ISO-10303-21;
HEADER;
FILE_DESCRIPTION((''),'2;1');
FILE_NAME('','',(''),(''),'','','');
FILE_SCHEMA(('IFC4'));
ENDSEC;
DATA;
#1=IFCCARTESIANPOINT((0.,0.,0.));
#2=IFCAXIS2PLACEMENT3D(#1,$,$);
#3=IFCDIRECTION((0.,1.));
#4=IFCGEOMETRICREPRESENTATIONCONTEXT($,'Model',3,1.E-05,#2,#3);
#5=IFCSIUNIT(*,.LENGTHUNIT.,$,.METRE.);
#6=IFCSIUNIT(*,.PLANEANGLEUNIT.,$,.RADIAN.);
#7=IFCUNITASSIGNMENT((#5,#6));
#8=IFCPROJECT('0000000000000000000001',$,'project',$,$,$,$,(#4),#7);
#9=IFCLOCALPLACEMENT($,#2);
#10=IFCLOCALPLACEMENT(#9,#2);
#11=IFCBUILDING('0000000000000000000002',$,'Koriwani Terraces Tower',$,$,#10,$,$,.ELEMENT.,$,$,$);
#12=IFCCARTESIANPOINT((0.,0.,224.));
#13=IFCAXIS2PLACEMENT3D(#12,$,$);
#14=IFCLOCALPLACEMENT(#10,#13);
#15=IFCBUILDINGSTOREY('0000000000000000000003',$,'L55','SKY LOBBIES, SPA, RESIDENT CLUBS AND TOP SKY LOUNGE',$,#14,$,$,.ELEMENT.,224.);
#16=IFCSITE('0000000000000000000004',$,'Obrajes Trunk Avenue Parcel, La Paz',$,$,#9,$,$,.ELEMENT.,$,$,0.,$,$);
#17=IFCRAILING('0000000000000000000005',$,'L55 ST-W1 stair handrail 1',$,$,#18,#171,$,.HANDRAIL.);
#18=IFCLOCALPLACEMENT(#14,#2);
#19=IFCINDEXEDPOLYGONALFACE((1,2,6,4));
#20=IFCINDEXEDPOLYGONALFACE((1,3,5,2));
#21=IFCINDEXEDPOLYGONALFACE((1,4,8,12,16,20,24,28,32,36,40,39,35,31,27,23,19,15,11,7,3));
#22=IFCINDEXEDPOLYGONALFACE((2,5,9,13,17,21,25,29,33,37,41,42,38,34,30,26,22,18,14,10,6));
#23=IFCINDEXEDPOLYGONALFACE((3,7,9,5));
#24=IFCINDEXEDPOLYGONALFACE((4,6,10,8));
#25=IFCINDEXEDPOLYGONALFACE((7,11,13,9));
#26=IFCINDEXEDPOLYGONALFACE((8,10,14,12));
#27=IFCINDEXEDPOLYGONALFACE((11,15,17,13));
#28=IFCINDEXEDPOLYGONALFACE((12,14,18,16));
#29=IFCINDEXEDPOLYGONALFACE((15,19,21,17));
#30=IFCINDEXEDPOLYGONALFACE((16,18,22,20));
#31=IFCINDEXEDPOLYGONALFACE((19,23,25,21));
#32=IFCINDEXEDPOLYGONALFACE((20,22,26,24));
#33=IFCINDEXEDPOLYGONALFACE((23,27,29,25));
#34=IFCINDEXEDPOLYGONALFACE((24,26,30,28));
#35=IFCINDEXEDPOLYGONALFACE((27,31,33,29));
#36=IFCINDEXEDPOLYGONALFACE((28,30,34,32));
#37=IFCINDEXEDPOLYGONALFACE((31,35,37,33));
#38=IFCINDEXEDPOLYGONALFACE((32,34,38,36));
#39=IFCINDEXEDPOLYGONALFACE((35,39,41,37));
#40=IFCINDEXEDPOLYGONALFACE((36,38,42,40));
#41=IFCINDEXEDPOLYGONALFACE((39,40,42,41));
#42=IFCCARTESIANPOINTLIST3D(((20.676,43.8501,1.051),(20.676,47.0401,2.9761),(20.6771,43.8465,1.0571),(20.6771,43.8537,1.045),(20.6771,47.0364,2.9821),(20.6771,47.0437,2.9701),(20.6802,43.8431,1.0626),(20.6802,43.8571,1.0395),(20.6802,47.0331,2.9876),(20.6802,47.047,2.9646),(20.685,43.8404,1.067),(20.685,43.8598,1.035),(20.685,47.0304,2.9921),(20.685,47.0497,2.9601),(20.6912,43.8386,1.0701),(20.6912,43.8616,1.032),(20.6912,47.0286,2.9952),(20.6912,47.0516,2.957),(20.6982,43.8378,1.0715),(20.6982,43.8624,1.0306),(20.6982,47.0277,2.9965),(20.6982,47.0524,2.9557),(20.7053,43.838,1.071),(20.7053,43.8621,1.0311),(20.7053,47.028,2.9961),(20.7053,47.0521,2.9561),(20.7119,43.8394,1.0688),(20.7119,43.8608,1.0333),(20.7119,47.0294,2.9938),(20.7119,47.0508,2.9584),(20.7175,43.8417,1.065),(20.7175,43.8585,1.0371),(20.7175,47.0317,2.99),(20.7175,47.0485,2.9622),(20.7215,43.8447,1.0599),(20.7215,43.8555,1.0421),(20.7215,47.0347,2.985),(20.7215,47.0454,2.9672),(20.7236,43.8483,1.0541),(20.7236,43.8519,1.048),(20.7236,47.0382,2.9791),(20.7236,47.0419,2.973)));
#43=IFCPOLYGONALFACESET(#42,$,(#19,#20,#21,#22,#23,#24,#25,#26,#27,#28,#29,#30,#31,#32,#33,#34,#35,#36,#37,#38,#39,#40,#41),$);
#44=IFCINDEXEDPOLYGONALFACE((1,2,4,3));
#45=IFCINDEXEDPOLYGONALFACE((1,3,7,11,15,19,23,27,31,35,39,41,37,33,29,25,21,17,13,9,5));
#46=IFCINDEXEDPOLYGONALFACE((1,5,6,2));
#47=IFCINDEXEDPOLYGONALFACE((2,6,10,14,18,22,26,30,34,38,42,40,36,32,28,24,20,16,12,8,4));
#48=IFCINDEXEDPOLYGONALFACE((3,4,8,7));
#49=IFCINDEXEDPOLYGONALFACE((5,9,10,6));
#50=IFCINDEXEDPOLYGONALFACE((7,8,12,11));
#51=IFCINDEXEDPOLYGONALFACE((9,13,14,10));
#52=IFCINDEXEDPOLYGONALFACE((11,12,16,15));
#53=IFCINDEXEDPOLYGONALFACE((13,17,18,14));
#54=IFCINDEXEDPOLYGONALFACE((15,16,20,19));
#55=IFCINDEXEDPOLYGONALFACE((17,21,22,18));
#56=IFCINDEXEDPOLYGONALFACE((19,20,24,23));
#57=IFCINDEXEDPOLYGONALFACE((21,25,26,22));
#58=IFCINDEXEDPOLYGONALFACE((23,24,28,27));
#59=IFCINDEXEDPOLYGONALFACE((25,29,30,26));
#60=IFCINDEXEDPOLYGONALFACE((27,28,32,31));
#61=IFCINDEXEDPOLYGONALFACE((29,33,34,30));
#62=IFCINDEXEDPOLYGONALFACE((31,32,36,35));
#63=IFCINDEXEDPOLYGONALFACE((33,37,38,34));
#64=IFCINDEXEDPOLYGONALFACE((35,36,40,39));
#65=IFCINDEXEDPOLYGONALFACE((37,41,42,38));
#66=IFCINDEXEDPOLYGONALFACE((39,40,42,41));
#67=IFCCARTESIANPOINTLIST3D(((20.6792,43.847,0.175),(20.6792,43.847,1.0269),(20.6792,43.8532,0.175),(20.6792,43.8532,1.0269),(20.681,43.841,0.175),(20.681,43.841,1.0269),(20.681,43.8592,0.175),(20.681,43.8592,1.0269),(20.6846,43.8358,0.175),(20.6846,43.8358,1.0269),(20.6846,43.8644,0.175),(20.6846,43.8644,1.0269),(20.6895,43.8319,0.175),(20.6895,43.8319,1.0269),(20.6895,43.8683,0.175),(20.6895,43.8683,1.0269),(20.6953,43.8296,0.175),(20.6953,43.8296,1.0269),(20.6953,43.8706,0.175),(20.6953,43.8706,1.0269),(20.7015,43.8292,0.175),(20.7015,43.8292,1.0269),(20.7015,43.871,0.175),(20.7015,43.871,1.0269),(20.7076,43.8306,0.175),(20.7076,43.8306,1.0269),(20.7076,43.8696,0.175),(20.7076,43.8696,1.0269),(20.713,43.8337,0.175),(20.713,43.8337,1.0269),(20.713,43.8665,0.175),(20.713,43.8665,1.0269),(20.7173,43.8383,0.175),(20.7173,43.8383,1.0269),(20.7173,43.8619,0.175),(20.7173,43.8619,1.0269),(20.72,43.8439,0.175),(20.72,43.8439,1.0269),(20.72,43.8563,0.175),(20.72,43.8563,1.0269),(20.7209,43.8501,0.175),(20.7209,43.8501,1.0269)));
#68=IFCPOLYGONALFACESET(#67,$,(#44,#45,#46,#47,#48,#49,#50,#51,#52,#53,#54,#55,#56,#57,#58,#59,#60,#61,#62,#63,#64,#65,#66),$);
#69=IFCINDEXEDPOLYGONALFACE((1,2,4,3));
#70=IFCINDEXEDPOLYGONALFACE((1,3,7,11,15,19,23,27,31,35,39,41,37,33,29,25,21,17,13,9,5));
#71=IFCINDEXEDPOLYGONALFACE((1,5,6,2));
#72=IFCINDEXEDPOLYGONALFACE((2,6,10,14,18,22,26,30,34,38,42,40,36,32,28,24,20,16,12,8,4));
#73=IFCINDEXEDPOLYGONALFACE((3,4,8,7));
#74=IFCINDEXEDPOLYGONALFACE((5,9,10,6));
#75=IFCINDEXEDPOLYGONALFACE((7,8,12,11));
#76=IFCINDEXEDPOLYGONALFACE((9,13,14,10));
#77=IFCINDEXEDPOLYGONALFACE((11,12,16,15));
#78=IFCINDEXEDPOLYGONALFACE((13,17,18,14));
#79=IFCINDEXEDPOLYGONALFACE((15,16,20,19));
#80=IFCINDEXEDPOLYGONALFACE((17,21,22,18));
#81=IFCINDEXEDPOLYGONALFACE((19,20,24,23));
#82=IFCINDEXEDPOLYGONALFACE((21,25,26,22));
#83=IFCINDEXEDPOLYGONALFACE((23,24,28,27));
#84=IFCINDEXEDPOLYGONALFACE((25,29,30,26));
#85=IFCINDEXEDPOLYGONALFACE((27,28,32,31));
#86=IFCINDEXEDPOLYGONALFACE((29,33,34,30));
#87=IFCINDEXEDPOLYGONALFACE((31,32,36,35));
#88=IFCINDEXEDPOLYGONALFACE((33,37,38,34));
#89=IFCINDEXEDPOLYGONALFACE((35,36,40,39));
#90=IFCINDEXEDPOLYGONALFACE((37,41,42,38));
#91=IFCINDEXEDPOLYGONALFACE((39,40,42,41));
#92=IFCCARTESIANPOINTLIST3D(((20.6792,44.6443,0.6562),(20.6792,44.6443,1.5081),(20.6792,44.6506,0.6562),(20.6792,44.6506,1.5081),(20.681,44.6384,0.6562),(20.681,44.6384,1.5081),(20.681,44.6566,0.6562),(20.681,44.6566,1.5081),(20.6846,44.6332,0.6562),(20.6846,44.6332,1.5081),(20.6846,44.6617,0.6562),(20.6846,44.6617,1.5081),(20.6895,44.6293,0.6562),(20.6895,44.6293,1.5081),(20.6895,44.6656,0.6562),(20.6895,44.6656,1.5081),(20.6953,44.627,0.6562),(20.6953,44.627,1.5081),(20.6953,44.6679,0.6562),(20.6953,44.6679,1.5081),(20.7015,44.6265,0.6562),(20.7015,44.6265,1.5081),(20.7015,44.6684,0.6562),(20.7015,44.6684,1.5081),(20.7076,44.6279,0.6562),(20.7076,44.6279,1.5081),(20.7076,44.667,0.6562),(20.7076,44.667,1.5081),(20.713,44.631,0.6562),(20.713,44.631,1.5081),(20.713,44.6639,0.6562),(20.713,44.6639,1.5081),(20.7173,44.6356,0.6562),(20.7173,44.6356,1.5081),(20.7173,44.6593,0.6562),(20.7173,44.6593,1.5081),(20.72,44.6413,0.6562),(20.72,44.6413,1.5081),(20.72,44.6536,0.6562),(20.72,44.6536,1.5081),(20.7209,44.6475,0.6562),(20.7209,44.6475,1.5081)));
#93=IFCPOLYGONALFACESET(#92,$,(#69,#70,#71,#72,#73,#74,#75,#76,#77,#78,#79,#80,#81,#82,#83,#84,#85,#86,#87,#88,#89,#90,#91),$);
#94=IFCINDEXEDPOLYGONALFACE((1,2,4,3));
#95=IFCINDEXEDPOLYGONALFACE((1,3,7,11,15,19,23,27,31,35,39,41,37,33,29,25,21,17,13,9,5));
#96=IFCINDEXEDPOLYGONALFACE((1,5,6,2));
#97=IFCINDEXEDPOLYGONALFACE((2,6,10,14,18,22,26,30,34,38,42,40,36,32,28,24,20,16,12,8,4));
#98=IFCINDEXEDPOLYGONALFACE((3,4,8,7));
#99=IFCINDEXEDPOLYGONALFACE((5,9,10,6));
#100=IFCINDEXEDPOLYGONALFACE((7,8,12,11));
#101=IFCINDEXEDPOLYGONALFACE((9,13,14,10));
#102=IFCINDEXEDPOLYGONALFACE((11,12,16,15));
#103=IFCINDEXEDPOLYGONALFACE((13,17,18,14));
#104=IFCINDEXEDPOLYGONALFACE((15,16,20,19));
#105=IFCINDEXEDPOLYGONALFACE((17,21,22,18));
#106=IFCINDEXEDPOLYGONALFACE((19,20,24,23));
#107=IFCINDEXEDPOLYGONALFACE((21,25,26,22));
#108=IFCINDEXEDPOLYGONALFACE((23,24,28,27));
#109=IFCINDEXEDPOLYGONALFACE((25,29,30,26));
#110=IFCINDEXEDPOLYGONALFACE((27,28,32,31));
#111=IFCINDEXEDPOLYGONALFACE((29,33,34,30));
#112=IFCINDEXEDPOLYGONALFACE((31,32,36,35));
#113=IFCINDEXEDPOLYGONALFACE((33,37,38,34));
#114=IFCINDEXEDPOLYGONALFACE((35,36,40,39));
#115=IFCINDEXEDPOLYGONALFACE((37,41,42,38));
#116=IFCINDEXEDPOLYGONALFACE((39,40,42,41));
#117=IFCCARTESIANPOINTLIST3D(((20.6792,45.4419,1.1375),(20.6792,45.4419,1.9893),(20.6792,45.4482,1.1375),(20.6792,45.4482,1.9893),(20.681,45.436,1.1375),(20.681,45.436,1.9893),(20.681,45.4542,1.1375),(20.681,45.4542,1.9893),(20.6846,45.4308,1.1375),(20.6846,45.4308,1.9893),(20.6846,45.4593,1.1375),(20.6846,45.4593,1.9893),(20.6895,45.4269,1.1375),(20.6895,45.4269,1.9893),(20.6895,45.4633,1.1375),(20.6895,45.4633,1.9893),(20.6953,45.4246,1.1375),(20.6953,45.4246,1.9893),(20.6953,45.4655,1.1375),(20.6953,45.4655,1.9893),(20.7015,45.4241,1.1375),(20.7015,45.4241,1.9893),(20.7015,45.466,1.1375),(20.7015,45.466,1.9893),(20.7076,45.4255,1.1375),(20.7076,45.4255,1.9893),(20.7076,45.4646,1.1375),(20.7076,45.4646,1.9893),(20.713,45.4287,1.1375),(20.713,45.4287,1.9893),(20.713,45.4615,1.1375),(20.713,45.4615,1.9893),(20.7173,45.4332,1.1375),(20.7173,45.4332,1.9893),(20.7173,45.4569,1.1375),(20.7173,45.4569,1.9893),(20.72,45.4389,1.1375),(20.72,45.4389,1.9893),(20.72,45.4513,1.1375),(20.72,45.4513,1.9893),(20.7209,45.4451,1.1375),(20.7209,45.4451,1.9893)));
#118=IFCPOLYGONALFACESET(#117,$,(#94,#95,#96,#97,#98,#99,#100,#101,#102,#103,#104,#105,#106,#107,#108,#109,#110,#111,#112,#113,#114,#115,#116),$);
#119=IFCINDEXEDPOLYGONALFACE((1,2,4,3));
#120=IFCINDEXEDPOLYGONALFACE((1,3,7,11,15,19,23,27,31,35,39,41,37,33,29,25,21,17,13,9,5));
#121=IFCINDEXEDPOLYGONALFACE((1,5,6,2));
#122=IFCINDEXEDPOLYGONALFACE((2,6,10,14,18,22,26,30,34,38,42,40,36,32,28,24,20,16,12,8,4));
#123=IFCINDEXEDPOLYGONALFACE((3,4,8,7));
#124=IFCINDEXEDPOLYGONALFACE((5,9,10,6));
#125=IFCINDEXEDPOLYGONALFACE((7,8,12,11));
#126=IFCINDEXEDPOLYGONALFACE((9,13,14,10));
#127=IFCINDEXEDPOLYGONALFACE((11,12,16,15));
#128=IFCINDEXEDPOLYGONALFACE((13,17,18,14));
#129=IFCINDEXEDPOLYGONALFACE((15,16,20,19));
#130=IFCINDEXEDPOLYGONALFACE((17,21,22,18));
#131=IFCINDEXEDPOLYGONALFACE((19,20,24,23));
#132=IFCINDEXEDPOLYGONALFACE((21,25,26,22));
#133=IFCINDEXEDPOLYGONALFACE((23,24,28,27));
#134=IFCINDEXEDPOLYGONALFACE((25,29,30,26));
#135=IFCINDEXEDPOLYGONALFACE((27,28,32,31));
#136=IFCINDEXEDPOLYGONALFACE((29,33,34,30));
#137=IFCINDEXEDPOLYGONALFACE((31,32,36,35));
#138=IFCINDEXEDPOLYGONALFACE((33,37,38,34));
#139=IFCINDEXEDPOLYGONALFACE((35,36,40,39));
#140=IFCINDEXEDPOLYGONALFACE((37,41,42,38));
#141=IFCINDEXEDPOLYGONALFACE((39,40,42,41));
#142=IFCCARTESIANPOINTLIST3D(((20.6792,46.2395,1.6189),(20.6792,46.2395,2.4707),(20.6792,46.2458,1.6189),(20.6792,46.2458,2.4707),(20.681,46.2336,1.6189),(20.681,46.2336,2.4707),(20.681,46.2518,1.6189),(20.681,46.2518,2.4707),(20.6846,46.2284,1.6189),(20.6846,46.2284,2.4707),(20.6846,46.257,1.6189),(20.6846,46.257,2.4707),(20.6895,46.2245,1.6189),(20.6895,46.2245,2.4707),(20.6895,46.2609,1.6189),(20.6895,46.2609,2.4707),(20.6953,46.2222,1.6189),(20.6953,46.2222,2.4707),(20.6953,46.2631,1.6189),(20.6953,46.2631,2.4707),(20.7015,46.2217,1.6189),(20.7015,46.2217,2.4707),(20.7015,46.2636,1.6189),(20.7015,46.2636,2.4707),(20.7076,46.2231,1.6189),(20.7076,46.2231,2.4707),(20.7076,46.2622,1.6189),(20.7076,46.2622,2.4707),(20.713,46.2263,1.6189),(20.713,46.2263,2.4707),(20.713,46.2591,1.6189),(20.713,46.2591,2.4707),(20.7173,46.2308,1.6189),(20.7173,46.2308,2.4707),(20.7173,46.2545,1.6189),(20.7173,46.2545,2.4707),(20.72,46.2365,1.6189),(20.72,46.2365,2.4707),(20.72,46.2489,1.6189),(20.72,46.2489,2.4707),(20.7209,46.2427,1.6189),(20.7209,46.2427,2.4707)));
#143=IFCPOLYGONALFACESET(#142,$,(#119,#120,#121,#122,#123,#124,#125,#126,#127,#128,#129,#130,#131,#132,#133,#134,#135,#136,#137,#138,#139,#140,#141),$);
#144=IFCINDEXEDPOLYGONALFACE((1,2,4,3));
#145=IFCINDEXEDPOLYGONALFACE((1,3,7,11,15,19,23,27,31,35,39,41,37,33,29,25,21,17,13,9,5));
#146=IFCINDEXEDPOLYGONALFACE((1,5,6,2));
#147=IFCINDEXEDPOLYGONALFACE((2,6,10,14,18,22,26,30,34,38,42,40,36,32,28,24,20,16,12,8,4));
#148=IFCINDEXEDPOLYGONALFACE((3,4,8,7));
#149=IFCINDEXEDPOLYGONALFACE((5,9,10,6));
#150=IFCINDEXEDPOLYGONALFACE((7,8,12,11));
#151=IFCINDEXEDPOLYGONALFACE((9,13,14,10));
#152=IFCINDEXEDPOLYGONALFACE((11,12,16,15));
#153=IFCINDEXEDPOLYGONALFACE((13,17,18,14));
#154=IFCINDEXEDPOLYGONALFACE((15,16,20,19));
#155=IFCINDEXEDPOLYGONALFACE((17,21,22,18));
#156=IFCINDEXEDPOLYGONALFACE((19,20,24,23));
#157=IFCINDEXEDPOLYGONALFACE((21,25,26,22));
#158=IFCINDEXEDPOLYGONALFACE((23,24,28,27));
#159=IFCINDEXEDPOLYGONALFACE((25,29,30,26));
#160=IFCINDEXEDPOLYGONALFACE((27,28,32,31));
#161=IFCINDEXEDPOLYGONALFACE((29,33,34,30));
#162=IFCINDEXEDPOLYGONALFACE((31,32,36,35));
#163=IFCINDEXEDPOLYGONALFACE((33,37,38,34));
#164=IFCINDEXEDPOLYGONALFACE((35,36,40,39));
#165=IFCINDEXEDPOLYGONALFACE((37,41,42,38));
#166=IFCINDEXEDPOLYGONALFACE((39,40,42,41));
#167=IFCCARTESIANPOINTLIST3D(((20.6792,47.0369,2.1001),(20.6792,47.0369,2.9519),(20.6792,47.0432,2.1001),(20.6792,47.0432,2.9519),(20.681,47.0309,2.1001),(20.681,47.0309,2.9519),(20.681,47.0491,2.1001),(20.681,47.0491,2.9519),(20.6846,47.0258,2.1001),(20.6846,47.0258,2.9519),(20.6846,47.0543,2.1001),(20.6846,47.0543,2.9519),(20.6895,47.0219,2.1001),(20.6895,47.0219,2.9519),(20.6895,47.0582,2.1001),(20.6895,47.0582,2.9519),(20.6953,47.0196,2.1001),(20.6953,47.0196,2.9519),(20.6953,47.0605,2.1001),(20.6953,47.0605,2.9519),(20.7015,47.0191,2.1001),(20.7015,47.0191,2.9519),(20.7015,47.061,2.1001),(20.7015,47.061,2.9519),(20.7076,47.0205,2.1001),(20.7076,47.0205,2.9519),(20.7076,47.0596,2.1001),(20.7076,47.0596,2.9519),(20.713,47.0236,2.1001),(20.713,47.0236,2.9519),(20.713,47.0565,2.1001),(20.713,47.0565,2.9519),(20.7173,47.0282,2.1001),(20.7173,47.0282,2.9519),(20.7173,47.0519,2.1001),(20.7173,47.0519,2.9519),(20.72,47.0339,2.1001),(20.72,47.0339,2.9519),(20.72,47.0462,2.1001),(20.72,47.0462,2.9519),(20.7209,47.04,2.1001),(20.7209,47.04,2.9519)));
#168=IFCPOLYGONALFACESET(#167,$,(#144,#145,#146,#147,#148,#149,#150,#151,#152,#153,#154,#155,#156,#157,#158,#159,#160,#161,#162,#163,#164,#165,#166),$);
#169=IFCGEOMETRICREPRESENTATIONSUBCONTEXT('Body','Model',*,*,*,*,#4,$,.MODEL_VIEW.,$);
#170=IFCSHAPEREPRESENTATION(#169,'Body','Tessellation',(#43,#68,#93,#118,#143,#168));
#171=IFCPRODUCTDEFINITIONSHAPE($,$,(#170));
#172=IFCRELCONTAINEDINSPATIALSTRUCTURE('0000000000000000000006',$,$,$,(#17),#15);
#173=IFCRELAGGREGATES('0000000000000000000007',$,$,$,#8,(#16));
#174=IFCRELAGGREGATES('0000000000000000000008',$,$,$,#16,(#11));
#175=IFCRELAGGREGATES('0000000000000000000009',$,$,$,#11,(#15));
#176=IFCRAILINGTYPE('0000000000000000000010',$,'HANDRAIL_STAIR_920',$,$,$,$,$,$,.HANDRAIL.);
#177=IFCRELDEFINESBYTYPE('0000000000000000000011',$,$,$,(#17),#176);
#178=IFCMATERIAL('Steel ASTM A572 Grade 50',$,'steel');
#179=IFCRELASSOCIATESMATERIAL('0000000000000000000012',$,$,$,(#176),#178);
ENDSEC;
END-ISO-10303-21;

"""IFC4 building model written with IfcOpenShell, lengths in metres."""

from ifc_helpers import new_model, si_unit, direction, frame, origin, origin_2d, place, context, subcontext, project, spatial, circle, extrude, material, type_object, element, save


model = new_model("IFC4")

# Units and contexts
model_context = context("Model", 3, precision=1e-05, world=origin(), true_north=direction((0.0, 1.0)))
body_context = subcontext(model_context, "Body", "Model", "MODEL_VIEW")
ifc_project = project(units=[si_unit("LENGTHUNIT", "METRE"), si_unit("PLANEANGLEUNIT", "RADIAN")], contexts=[model_context])

# Site, building, storey
site_placement = place(None, origin())
site = spatial("IfcSite", under=ifc_project, at=site_placement, Name="Obrajes Trunk Avenue Parcel, La Paz", CompositionType="ELEMENT", RefElevation=0.0)
building_placement = place(site_placement, origin())
building = spatial("IfcBuilding", under=site, at=building_placement, Name="Koriwani Terraces Tower", CompositionType="ELEMENT")
storey_placement = place(building_placement, frame((0.0, 0.0, 224.0)))
storey = spatial("IfcBuildingStorey", under=building, at=storey_placement, Name="L55", Description="SKY LOBBIES, SPA, RESIDENT CLUBS AND TOP SKY LOUNGE", CompositionType="ELEMENT", Elevation=224.0)

# Shared definitions
ifc_material_1 = material(Name="Steel ASTM A572 Grade 50", Category="steel")

# Railing
railing_type_1 = type_object("IfcRailingType", Name="HANDRAIL_STAIR_920", PredefinedType="HANDRAIL", material=ifc_material_1)
railing_1_placement = place(storey_placement, frame((20.7, 43.8501, 0.175)))
element("IfcRailing", 1, at=railing_1_placement, inside=storey, type_object=railing_type_1, Name="L55 ST-W1 stair handrail 1", PredefinedType="HANDRAIL", context=body_context, shape_type="SweptSolid", body=[
    extrude(circle(Radius=0.0239, at=origin_2d()), frame((0.0, 0.0, 0.876), z_axis=(0.0, 0.856178, 0.516682), x_axis=(-1.0, 0.0, 0.0)), (0.0, 0.0, 1.0), 3.7258),
    extrude(circle(Radius=0.021, at=origin_2d()), origin(), (0.0, 0.0, 1.0), 0.8518),
    extrude(circle(Radius=0.021, at=origin_2d()), frame((0.0, 0.7974, 0.4812)), (0.0, 0.0, 1.0), 0.8518),
    extrude(circle(Radius=0.021, at=origin_2d()), frame((0.0, 1.595, 0.9624)), (0.0, 0.0, 1.0), 0.8518),
    extrude(circle(Radius=0.021, at=origin_2d()), frame((0.0, 2.3926, 1.4438)), (0.0, 0.0, 1.0), 0.8518),
    extrude(circle(Radius=0.021, at=origin_2d()), frame((0.0, 3.1899, 1.925)), (0.0, 0.0, 1.0), 0.8518),
])

save(model, "model.ifc")
